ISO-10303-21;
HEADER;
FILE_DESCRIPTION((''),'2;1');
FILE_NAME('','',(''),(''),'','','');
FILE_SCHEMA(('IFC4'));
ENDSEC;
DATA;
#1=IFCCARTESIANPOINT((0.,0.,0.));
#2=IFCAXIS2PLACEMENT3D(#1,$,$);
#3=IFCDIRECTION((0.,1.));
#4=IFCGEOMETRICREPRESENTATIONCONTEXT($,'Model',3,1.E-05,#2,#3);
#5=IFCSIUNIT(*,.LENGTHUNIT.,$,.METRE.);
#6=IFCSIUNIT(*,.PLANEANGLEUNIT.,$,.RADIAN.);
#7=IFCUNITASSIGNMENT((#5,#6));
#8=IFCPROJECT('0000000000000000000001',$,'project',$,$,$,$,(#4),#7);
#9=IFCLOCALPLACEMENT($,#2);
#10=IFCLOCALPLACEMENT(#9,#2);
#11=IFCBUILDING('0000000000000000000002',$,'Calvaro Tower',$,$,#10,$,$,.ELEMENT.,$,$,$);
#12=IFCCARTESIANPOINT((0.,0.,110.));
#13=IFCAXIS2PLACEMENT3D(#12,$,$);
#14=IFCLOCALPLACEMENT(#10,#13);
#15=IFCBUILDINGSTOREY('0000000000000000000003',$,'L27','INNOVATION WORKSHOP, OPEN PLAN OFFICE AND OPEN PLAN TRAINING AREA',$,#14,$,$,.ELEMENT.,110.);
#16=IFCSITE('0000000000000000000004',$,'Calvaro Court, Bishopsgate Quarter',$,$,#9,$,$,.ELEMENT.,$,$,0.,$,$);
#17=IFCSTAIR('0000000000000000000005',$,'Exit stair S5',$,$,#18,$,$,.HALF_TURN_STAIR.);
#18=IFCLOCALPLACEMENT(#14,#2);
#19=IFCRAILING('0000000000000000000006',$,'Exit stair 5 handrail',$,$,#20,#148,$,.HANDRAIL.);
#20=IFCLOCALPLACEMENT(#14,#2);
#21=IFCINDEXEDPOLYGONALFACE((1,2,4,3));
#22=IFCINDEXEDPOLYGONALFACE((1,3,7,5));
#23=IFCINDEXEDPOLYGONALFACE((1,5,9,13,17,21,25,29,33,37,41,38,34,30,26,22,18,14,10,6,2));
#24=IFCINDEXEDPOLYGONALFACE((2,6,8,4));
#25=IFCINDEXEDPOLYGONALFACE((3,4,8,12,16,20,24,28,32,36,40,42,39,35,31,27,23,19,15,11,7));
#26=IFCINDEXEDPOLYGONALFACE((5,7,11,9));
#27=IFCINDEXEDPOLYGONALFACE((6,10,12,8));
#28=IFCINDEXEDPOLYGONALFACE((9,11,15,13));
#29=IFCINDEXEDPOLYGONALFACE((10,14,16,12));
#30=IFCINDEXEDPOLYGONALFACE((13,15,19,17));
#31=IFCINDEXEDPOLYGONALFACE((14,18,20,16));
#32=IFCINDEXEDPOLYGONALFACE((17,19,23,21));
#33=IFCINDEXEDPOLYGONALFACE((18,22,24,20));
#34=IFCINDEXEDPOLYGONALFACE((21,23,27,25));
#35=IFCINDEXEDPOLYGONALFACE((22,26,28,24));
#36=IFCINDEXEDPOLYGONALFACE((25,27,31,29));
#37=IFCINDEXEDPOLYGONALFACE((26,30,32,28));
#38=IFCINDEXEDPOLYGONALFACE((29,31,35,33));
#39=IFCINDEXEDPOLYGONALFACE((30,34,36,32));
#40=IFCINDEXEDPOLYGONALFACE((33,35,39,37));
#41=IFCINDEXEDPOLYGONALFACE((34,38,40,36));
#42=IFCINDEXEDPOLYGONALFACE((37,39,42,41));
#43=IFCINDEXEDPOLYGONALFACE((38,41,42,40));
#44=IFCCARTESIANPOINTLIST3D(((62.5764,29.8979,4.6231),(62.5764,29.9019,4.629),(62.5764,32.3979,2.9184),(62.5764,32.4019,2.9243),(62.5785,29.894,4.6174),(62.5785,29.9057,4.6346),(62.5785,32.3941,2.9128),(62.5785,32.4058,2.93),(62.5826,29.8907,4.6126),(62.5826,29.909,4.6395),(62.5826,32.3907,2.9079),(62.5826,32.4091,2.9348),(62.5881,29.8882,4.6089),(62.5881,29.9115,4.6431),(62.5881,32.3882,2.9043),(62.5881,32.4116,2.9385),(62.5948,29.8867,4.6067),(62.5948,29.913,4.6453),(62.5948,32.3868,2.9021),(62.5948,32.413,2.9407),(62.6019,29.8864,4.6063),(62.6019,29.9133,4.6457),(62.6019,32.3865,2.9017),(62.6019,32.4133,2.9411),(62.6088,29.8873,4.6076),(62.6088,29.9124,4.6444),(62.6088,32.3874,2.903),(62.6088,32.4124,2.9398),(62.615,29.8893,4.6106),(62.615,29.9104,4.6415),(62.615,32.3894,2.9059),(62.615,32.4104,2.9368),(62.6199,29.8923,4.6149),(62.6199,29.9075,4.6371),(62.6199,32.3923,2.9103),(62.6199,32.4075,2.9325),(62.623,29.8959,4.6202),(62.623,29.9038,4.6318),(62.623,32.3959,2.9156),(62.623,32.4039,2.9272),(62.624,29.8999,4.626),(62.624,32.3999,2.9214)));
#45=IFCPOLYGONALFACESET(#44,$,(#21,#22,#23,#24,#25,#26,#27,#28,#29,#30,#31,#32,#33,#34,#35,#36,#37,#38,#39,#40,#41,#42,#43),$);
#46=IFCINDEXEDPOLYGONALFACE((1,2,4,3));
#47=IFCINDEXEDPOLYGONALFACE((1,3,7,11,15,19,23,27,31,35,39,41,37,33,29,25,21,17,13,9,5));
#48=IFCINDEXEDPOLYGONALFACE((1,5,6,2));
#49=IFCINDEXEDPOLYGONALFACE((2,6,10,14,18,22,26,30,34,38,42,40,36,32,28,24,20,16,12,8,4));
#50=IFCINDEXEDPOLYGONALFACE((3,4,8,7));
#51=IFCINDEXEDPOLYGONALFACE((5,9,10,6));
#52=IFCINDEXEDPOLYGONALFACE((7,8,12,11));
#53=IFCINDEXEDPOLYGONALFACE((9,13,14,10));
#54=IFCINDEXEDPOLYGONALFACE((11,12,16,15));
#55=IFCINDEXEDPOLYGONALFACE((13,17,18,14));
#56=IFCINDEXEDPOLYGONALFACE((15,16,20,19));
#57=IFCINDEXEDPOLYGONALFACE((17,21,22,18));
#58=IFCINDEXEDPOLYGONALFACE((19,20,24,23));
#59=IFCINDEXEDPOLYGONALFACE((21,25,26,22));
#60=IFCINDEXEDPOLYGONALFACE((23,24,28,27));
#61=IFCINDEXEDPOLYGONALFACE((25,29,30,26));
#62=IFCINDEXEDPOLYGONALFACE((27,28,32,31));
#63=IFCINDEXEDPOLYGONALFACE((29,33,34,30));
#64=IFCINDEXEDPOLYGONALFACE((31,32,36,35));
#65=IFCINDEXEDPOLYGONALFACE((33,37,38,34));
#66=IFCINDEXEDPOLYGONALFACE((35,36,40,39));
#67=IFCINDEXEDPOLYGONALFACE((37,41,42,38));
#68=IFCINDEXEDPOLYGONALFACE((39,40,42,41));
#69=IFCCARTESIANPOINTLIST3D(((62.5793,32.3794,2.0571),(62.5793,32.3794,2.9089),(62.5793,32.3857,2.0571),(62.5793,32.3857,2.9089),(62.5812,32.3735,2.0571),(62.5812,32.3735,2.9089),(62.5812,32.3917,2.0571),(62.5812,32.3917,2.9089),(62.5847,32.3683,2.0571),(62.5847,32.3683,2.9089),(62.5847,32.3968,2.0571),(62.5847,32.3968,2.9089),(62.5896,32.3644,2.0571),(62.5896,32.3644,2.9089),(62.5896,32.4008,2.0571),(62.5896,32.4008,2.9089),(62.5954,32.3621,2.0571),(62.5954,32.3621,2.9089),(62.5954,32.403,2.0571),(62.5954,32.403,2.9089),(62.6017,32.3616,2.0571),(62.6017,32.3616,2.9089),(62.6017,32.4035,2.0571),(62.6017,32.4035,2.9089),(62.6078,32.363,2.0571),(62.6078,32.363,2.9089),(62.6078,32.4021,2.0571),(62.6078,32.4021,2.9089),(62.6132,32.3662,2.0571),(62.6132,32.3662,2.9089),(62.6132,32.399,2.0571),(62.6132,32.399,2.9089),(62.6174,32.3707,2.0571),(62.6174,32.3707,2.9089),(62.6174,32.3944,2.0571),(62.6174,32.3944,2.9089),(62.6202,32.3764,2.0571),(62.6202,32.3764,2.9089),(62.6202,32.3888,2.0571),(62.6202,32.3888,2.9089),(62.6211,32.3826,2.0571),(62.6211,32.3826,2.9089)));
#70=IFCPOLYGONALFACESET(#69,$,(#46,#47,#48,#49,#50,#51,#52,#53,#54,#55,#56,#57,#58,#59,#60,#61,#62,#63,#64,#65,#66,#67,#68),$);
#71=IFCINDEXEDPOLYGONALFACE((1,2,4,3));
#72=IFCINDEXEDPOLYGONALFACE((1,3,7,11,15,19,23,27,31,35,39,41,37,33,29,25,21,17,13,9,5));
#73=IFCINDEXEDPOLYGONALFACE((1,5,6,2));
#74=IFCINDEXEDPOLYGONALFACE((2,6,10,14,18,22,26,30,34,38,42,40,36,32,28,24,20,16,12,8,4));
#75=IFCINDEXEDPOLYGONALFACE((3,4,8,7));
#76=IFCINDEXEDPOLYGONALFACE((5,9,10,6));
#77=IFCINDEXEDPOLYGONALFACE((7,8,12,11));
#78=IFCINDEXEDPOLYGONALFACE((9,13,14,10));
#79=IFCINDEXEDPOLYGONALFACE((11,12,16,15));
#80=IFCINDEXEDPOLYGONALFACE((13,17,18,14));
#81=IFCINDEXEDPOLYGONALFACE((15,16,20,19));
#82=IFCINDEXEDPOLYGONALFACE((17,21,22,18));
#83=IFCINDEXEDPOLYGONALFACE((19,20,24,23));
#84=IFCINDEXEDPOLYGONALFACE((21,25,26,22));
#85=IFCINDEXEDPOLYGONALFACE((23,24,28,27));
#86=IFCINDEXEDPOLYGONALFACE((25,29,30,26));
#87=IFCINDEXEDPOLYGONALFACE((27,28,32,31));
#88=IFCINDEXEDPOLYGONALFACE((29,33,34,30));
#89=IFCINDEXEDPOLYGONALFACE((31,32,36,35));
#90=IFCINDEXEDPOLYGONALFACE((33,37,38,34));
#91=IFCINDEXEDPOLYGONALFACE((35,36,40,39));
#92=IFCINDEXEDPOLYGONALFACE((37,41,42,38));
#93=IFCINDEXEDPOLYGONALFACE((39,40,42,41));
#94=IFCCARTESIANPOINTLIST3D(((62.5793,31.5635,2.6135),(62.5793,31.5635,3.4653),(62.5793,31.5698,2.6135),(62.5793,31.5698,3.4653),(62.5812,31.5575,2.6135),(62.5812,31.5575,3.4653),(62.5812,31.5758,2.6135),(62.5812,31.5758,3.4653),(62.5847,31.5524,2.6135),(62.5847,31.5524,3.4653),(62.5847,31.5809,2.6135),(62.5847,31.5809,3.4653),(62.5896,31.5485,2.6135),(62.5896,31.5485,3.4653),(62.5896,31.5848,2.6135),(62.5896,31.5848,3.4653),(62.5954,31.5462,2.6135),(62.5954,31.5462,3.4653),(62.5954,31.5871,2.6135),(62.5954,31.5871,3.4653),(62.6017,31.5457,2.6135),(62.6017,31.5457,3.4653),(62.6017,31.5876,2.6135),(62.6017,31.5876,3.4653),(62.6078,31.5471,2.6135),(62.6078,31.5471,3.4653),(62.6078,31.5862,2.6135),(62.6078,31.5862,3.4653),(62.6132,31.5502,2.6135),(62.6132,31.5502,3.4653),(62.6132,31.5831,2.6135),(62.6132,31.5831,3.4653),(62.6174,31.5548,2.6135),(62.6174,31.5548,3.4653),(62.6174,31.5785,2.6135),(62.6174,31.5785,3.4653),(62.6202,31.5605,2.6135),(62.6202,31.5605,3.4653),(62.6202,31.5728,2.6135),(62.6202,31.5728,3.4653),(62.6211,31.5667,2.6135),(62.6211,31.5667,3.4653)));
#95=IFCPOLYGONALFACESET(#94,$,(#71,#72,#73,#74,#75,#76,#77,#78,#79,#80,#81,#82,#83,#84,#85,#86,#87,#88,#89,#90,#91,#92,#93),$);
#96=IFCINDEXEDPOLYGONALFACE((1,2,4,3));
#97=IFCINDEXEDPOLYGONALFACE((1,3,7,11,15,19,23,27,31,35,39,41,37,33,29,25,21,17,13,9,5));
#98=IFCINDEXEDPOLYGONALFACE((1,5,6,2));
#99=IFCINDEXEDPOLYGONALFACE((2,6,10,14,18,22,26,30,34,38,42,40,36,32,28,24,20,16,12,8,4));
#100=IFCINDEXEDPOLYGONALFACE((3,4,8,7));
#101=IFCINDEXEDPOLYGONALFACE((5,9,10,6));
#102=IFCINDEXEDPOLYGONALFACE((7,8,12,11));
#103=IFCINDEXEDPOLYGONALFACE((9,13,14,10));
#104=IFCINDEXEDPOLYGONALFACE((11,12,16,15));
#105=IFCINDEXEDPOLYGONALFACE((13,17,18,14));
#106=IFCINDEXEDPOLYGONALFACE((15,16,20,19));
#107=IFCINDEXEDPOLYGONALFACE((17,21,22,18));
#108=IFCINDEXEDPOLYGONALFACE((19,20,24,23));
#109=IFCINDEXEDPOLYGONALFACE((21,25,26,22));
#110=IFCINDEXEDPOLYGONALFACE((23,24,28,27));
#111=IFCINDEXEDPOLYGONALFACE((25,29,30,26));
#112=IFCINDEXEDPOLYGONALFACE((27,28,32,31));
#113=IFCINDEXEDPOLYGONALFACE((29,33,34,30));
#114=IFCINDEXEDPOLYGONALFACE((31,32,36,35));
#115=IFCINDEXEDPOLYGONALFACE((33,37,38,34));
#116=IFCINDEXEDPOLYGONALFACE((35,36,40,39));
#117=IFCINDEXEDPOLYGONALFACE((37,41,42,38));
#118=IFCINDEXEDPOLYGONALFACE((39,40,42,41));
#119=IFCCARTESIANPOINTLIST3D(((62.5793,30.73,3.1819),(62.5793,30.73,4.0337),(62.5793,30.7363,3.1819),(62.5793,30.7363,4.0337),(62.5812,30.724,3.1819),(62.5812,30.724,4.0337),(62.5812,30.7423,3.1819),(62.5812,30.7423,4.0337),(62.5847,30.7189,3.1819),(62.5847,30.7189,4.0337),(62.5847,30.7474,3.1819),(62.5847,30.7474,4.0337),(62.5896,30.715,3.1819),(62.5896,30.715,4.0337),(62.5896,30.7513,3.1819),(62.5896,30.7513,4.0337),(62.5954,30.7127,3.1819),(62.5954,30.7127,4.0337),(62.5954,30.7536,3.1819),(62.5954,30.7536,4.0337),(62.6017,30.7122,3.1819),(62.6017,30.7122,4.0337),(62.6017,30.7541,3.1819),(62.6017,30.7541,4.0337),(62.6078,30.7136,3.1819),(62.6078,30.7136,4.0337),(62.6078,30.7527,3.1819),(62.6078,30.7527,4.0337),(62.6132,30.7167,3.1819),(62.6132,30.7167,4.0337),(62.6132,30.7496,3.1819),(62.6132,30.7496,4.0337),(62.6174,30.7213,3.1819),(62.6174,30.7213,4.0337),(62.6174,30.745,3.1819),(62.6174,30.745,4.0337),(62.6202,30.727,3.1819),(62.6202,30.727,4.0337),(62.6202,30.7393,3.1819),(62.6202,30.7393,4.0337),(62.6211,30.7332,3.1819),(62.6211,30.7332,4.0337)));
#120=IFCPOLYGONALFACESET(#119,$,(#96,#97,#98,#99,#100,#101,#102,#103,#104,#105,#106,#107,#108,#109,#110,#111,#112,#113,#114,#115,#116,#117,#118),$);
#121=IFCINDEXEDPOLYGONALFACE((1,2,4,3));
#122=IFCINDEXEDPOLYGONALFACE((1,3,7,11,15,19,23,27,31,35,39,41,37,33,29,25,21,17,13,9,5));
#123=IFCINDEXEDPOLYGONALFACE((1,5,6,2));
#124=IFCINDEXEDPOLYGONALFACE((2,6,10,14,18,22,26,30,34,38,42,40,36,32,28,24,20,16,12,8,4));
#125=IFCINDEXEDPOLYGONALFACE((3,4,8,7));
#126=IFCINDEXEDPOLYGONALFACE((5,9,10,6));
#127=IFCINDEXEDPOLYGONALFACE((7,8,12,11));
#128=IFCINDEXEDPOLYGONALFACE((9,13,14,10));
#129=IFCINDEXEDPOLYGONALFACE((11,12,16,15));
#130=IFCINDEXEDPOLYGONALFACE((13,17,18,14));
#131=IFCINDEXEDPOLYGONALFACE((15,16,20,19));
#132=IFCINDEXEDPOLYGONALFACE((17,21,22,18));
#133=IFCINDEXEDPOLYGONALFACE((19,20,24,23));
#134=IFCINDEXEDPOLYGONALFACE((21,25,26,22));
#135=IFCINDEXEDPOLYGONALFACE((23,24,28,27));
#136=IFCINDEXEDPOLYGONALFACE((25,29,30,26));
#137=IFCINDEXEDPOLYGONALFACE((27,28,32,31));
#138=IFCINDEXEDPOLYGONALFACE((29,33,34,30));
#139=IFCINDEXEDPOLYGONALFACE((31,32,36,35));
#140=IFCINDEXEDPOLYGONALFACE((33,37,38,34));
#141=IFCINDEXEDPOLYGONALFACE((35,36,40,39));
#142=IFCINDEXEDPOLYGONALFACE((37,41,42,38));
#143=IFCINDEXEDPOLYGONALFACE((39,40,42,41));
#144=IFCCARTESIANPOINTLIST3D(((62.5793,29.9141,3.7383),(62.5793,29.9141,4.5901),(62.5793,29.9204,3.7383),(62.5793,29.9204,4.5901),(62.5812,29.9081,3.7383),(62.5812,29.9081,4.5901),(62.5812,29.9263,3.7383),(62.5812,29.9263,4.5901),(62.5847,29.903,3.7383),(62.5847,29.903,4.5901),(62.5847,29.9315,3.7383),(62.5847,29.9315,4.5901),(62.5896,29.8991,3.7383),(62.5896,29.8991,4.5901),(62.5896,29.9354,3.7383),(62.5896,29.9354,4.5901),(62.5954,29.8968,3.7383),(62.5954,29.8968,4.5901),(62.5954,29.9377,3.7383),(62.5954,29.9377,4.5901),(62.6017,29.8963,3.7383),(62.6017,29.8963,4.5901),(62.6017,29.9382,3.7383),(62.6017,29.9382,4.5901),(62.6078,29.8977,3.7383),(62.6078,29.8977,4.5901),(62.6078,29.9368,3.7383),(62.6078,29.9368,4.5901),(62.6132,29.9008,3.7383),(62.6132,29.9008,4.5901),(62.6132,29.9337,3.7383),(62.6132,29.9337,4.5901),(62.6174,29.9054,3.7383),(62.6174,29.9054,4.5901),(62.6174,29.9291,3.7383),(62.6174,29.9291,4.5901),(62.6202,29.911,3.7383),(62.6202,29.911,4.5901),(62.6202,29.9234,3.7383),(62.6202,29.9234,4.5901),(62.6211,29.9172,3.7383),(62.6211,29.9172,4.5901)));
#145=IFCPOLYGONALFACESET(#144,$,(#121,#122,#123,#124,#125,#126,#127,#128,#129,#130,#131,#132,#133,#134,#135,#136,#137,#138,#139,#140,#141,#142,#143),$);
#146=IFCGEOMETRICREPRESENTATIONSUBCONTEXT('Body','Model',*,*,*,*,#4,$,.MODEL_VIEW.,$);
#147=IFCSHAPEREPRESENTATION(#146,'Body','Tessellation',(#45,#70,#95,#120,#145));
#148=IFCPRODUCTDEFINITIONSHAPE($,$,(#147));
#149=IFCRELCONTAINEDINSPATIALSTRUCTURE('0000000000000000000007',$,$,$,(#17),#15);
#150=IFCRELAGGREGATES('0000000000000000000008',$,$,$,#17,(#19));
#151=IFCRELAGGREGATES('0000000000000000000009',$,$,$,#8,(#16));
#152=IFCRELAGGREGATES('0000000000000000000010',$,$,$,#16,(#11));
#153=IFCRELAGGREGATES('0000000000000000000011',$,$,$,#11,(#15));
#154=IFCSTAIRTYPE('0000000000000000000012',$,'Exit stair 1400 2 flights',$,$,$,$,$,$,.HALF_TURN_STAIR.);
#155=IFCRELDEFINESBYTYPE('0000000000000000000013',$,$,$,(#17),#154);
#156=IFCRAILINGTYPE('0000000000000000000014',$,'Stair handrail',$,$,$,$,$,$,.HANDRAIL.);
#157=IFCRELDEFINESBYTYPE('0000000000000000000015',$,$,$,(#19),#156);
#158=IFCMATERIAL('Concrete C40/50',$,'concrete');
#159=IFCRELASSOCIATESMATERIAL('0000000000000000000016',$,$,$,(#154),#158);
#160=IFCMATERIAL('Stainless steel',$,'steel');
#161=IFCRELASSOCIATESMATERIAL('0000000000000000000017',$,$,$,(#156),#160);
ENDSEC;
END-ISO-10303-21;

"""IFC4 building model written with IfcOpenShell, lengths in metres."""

from ifc_helpers import new_model, si_unit, direction, frame, origin, origin_2d, place, context, subcontext, project, spatial, circle, extrude, material, type_object, element, aggregate, save


model = new_model("IFC4")

# Units and contexts
model_context = context("Model", 3, precision=1e-05, world=origin(), true_north=direction((0.0, 1.0)))
body_context = subcontext(model_context, "Body", "Model", "MODEL_VIEW")
ifc_project = project(units=[si_unit("LENGTHUNIT", "METRE"), si_unit("PLANEANGLEUNIT", "RADIAN")], contexts=[model_context])

# Site, building, storey
site_placement = place(None, origin())
site = spatial("IfcSite", under=ifc_project, at=site_placement, Name="Calvaro Court, Bishopsgate Quarter", CompositionType="ELEMENT", RefElevation=0.0)
building_placement = place(site_placement, origin())
building = spatial("IfcBuilding", under=site, at=building_placement, Name="Calvaro Tower", CompositionType="ELEMENT")
storey_placement = place(building_placement, frame((0.0, 0.0, 110.0)))
storey = spatial("IfcBuildingStorey", under=building, at=storey_placement, Name="L27", Description="INNOVATION WORKSHOP, OPEN PLAN OFFICE AND OPEN PLAN TRAINING AREA", CompositionType="ELEMENT", Elevation=110.0)

# Stair, railing
ifc_material_1 = material(Name="Concrete C40/50", Category="concrete")
stair_type = type_object("IfcStairType", Name="Exit stair 1400 2 flights", PredefinedType="HALF_TURN_STAIR", material=ifc_material_1)
stair_placement = place(storey_placement, origin())
stair = element("IfcStair", 1, at=stair_placement, inside=storey, type_object=stair_type, Name="Exit stair S5", PredefinedType="HALF_TURN_STAIR")
ifc_material_2 = material(Name="Stainless steel", Category="steel")
railing_type = type_object("IfcRailingType", Name="Stair handrail", PredefinedType="HANDRAIL", material=ifc_material_2)
railing_1_placement = place(storey_placement, frame((62.6001, 32.3999, 2.0454)))
railing_1 = element("IfcRailing", 2, at=railing_1_placement, type_object=railing_type, Name="Exit stair 5 handrail", PredefinedType="HANDRAIL", context=body_context, shape_type="SweptSolid", body=[
    extrude(circle(Radius=0.0239, at=origin_2d()), frame((0.0, 0.0, 0.876), z_axis=(0.0, -0.826221, 0.563347), x_axis=(1.0, 0.0, 0.0)), (0.0, 0.0, 1.0), 3.0259),
    extrude(circle(Radius=0.021, at=origin_2d()), frame((0.0, -0.0173, 0.0117)), (0.0, 0.0, 1.0), 0.8518),
    extrude(circle(Radius=0.021, at=origin_2d()), frame((0.0, -0.8333, 0.5681)), (0.0, 0.0, 1.0), 0.8518),
    extrude(circle(Radius=0.021, at=origin_2d()), frame((0.0, -1.6667, 1.1365)), (0.0, 0.0, 1.0), 0.8518),
    extrude(circle(Radius=0.021, at=origin_2d()), frame((0.0, -2.4827, 1.6929)), (0.0, 0.0, 1.0), 0.8518),
])
aggregate(stair, [railing_1])

save(model, "model.ifc")
